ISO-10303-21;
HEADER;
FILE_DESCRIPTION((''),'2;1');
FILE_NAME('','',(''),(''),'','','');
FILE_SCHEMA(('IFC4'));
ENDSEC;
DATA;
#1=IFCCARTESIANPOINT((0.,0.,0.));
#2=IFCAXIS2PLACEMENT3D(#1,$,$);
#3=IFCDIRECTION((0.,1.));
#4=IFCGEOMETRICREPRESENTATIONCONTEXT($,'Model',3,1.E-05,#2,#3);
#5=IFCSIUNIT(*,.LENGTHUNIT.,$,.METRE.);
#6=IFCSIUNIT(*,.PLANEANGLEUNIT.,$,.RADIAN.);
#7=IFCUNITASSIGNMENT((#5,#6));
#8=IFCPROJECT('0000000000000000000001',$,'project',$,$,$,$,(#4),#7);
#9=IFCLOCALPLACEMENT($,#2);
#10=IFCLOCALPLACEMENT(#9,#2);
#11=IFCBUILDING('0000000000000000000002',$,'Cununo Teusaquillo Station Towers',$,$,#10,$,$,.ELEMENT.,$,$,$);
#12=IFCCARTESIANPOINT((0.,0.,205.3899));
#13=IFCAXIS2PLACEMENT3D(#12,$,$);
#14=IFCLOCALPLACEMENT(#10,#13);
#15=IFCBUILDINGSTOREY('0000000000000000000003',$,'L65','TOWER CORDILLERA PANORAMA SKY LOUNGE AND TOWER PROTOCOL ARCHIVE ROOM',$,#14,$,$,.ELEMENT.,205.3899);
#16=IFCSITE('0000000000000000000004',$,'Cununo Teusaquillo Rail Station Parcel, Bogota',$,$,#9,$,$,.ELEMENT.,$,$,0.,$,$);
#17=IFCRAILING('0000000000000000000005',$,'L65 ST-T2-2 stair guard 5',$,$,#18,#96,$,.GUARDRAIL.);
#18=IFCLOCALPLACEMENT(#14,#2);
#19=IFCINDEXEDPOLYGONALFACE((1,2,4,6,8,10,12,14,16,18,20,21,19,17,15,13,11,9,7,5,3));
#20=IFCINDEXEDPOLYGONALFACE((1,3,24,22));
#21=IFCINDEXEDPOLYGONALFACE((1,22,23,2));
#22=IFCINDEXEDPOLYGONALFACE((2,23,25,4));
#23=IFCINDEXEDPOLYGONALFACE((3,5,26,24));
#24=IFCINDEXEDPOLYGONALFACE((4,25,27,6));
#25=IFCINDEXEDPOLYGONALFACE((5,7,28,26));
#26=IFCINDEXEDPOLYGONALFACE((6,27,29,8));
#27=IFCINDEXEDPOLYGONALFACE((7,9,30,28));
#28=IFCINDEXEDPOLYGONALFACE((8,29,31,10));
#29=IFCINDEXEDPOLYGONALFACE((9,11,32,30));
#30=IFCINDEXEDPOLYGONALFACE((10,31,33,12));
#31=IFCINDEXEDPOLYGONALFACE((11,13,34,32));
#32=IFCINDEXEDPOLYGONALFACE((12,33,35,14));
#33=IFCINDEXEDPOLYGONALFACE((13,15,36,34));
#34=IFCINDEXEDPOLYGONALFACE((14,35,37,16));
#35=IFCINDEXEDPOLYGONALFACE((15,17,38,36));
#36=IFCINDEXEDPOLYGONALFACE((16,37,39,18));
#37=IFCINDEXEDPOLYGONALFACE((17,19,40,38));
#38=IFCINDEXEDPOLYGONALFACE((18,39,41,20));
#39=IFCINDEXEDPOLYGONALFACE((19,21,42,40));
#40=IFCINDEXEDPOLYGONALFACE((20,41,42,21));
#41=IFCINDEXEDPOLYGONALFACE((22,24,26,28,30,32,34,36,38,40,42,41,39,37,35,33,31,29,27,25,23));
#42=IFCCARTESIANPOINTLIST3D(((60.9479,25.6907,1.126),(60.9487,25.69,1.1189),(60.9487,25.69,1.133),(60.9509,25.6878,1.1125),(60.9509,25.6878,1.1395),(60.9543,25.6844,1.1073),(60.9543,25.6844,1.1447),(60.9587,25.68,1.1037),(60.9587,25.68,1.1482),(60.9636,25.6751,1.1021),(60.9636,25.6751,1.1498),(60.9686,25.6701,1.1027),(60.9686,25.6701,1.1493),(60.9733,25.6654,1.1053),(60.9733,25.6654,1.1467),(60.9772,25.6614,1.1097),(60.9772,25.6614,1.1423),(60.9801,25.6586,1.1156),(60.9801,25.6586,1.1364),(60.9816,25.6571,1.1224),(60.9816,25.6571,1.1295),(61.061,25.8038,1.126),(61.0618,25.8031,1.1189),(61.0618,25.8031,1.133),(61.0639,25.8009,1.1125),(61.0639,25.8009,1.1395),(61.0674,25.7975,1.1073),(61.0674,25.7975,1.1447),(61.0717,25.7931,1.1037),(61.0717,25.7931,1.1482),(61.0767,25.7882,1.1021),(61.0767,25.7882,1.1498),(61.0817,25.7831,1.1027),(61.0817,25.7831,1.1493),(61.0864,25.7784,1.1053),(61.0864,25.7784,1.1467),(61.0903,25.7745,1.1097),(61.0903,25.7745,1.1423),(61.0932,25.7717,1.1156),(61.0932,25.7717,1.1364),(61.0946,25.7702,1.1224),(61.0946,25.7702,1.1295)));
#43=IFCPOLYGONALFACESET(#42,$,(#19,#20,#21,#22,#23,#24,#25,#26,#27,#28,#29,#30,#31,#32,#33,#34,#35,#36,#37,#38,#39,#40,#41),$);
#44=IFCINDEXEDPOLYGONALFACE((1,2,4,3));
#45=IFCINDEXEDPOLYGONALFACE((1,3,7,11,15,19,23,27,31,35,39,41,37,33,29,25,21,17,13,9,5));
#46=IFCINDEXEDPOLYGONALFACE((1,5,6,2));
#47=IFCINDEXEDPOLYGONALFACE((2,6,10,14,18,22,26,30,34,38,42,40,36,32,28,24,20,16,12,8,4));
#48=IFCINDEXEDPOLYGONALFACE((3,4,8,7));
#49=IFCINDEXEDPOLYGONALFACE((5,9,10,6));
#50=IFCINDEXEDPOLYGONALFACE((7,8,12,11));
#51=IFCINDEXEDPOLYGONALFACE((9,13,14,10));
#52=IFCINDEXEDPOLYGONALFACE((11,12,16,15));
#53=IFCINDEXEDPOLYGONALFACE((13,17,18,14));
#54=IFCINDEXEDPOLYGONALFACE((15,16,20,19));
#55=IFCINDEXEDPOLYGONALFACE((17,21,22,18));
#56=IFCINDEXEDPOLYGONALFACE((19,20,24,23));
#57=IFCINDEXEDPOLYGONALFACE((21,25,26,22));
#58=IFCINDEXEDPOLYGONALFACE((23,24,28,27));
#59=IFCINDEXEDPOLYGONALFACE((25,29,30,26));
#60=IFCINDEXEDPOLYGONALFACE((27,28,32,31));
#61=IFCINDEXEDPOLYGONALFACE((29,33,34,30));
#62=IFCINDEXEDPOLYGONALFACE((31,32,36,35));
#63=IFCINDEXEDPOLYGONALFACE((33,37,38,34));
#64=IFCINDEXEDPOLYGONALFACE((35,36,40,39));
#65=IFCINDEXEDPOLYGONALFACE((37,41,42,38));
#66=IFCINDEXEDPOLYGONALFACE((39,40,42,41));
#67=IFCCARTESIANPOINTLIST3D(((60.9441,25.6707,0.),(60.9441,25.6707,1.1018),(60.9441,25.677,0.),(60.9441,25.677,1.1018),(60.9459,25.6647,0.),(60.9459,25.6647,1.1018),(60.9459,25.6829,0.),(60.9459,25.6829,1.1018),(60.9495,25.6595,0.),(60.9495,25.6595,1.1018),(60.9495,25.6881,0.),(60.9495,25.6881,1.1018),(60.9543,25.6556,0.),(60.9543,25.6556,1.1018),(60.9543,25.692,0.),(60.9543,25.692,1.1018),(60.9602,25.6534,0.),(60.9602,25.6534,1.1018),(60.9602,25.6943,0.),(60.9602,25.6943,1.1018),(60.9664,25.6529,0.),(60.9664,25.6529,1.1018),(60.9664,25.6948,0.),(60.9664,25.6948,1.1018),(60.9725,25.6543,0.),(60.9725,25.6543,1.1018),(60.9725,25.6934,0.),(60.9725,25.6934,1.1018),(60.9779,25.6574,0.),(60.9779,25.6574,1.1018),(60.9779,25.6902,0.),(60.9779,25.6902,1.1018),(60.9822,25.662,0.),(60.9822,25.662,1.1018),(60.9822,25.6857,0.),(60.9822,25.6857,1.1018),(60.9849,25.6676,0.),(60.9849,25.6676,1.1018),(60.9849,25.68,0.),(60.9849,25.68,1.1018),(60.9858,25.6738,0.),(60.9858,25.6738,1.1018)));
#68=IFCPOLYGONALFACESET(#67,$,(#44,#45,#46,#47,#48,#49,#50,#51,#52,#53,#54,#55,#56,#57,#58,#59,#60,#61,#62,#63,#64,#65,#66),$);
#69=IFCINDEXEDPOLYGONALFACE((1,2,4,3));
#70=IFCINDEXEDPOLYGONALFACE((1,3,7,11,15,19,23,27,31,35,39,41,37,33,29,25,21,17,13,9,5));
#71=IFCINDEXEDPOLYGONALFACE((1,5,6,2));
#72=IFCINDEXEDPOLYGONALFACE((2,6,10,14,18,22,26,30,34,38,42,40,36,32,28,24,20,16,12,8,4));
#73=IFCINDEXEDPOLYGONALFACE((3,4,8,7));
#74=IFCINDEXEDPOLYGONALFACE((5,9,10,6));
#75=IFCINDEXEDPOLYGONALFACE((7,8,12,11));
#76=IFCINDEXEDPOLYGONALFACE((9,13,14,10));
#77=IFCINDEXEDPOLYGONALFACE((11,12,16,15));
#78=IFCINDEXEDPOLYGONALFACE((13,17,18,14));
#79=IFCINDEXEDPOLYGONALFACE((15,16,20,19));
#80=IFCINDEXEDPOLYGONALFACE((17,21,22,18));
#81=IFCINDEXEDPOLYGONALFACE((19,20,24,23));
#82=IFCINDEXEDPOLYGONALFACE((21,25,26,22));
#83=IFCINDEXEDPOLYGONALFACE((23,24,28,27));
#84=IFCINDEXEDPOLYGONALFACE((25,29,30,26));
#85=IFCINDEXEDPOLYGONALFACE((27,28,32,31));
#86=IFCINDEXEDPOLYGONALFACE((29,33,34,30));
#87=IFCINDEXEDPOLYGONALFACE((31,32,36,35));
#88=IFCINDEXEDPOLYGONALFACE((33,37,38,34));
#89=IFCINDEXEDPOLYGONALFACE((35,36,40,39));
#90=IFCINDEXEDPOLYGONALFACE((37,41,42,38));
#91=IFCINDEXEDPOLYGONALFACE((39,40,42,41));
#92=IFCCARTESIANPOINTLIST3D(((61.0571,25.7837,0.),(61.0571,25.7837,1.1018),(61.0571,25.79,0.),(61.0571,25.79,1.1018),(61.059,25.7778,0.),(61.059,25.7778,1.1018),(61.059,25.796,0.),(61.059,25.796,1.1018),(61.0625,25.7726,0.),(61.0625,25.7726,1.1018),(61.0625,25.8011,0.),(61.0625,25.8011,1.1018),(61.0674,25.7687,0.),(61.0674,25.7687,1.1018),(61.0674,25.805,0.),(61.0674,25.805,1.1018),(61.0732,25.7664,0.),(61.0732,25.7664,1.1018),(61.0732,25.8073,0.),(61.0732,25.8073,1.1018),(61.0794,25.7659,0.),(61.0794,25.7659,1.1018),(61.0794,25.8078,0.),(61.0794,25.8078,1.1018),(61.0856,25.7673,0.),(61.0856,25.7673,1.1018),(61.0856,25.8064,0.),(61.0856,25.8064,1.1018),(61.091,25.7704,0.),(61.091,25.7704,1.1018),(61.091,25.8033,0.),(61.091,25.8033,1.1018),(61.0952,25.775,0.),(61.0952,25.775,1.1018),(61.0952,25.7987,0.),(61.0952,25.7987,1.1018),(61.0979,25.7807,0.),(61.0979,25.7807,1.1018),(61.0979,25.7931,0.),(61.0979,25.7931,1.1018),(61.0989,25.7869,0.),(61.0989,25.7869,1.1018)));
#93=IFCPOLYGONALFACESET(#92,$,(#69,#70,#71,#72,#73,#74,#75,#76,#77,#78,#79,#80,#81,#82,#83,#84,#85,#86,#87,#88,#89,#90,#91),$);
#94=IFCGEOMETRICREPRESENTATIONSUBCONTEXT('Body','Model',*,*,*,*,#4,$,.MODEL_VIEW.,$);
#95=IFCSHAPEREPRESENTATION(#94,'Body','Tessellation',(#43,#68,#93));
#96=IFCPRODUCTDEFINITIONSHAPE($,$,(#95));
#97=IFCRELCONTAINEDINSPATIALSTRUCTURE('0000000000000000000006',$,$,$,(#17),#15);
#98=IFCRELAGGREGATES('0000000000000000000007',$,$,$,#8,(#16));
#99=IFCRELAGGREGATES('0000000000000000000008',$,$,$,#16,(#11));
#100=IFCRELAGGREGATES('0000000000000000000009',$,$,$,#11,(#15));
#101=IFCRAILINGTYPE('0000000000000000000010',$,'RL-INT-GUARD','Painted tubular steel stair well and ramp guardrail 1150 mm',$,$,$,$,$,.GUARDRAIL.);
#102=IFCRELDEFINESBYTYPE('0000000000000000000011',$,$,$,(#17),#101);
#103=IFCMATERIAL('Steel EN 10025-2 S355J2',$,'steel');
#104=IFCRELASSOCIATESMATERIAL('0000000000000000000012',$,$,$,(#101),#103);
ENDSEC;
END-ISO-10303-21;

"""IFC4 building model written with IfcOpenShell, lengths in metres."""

from ifc_helpers import new_model, si_unit, direction, frame, origin, origin_2d, place, context, subcontext, project, spatial, circle, extrude, material, type_object, element, save


model = new_model("IFC4")

# Units and contexts
model_context = context("Model", 3, precision=1e-05, world=origin(), true_north=direction((0.0, 1.0)))
body_context = subcontext(model_context, "Body", "Model", "MODEL_VIEW")
ifc_project = project(units=[si_unit("LENGTHUNIT", "METRE"), si_unit("PLANEANGLEUNIT", "RADIAN")], contexts=[model_context])

# Site, building, storey
site_placement = place(None, origin())
site = spatial("IfcSite", under=ifc_project, at=site_placement, Name="Cununo Teusaquillo Rail Station Parcel, Bogota", CompositionType="ELEMENT", RefElevation=0.0)
building_placement = place(site_placement, origin())
building = spatial("IfcBuilding", under=site, at=building_placement, Name="Cununo Teusaquillo Station Towers", CompositionType="ELEMENT")
storey_placement = place(building_placement, frame((0.0, 0.0, 205.3899)))
storey = spatial("IfcBuildingStorey", under=building, at=storey_placement, Name="L65", Description="TOWER CORDILLERA PANORAMA SKY LOUNGE AND TOWER PROTOCOL ARCHIVE ROOM", CompositionType="ELEMENT", Elevation=205.3899)

# Railing
ifc_material_1 = material(Name="Steel EN 10025-2 S355J2", Category="steel")
railing_type_1 = type_object("IfcRailingType", Name="RL-INT-GUARD", Description="Painted tubular steel stair well and ramp guardrail 1150 mm", PredefinedType="GUARDRAIL", material=ifc_material_1)
railing_1_placement = place(storey_placement, frame((60.9648, 25.6738, 0.0)))
element("IfcRailing", 1, at=railing_1_placement, inside=storey, type_object=railing_type_1, Name="L65 ST-T2-2 stair guard 5", PredefinedType="GUARDRAIL", context=body_context, shape_type="SweptSolid", body=[
    extrude(circle(Radius=0.0239, at=origin_2d()), frame((0.0, 0.0, 1.126), z_axis=(0.707107, 0.707107, 0.0), x_axis=(-0.707107, 0.707107, 0.0)), (0.0, 0.0, 1.0), 0.1599),
    extrude(circle(Radius=0.021, at=origin_2d()), origin(), (0.0, 0.0, 1.0), 1.1018),
    extrude(circle(Radius=0.021, at=origin_2d()), frame((0.113, 0.113, 0.0)), (0.0, 0.0, 1.0), 1.1018),
])

save(model, "model.ifc")
